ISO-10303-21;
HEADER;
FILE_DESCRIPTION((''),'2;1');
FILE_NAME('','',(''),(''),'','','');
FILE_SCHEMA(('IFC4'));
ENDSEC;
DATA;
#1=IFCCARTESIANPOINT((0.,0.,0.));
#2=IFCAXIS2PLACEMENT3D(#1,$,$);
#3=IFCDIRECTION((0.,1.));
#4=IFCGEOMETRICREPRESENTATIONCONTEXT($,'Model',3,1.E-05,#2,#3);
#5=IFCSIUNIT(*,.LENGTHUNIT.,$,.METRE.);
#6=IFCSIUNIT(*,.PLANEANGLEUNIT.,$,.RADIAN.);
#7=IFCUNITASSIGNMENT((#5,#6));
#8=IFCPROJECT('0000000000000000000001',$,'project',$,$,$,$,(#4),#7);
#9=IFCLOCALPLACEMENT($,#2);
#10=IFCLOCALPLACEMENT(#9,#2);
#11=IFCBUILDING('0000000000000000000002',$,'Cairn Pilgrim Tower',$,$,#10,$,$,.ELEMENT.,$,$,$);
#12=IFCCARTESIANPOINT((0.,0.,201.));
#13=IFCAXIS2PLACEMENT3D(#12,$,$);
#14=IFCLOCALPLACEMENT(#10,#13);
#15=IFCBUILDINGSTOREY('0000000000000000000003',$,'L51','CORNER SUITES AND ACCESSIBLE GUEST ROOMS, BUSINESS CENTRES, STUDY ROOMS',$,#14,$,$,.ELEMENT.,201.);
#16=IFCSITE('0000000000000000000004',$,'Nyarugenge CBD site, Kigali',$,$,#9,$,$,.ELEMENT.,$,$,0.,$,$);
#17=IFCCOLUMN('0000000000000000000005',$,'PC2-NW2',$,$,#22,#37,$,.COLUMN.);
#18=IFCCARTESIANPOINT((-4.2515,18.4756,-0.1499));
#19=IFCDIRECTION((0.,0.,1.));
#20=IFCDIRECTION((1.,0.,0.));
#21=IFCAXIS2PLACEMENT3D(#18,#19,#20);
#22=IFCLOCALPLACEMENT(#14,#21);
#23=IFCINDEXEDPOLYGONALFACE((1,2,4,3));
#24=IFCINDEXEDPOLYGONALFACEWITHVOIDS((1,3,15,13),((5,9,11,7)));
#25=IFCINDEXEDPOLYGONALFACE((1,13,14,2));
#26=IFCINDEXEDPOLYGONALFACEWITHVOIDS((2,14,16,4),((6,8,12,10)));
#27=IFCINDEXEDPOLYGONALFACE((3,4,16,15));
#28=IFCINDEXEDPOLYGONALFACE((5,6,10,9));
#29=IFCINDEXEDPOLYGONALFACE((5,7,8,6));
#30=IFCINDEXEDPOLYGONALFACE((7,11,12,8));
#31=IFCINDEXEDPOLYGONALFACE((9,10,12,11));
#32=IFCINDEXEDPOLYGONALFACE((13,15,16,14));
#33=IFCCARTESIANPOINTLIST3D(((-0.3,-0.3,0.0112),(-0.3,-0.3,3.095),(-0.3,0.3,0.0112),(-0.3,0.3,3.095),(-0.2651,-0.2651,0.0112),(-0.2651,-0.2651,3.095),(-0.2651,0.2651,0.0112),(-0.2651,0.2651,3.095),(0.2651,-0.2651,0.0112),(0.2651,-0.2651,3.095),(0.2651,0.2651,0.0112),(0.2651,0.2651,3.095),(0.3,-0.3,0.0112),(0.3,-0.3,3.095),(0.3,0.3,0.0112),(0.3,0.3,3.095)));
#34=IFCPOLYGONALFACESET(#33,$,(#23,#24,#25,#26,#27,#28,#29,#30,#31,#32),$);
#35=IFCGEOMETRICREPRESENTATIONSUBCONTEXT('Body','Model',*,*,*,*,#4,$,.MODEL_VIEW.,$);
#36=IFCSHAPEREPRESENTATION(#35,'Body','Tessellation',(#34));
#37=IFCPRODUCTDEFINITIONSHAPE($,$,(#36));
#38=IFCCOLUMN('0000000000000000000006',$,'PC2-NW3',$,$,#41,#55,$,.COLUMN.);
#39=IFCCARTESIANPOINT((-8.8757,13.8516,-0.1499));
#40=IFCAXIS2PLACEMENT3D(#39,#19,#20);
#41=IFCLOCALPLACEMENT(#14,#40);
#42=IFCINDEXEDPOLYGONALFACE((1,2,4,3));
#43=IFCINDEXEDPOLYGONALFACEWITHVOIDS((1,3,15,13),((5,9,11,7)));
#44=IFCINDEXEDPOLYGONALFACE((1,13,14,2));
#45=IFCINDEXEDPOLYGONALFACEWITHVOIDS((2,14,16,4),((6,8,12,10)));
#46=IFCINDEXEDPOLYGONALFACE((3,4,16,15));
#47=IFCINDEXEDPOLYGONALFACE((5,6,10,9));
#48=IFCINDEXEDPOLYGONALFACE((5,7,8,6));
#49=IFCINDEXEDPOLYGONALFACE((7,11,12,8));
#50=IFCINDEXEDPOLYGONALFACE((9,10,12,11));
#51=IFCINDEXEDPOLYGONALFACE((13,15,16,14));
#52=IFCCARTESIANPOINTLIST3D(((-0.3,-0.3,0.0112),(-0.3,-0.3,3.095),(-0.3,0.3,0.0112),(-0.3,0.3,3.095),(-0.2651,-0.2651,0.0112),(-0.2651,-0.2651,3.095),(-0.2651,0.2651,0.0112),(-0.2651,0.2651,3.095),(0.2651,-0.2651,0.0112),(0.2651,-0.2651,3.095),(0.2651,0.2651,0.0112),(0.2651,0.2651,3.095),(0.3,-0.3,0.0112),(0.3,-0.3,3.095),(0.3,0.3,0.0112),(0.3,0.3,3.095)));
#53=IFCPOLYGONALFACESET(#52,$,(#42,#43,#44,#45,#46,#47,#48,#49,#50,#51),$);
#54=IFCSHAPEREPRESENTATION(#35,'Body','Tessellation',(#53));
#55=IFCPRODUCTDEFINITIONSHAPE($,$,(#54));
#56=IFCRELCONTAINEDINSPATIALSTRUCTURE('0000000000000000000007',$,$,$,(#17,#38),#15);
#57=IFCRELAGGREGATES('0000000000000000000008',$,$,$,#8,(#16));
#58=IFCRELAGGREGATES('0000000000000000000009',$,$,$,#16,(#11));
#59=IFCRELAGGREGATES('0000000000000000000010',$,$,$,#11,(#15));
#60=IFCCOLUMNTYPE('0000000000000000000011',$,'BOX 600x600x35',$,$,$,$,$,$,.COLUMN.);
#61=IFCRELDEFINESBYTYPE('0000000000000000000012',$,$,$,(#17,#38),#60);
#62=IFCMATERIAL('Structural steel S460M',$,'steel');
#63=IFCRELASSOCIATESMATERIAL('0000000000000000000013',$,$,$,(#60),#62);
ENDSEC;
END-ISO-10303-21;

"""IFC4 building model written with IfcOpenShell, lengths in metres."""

from ifc_helpers import new_model, si_unit, direction, frame, origin, origin_2d, place, context, subcontext, project, spatial, hollow_rectangle, extrude, clip, halfspace, material, material_profile, profile_set, type_object, element, save


model = new_model("IFC4")

# Units and contexts
model_context = context("Model", 3, precision=1e-05, world=origin(), true_north=direction((0.0, 1.0)))
body_context = subcontext(model_context, "Body", "Model", "MODEL_VIEW")
ifc_project = project(units=[si_unit("LENGTHUNIT", "METRE"), si_unit("PLANEANGLEUNIT", "RADIAN")], contexts=[model_context])

# Site, building, storey
site_placement = place(None, origin())
site = spatial("IfcSite", under=ifc_project, at=site_placement, Name="Nyarugenge CBD site, Kigali", CompositionType="ELEMENT", RefElevation=0.0)
building_placement = place(site_placement, origin())
building = spatial("IfcBuilding", under=site, at=building_placement, Name="Cairn Pilgrim Tower", CompositionType="ELEMENT")
storey_placement = place(building_placement, frame((0.0, 0.0, 201.0)))
storey = spatial("IfcBuildingStorey", under=building, at=storey_placement, Name="L51", Description="CORNER SUITES AND ACCESSIBLE GUEST ROOMS, BUSINESS CENTRES, STUDY ROOMS", CompositionType="ELEMENT", Elevation=201.0)

# Columns
ifc_material_1 = material(Name="Structural steel S460M", Category="steel")
ifc_material_profile_1 = material_profile(ifc_material_1, hollow_rectangle(XDim=0.6001, YDim=0.6001, WallThickness=0.0349, at=origin_2d()), Name="BOX 600x600x35")
ifc_profile_set_1 = profile_set([ifc_material_profile_1], Name="Structural steel S460M")
column_type_1 = type_object("IfcColumnType", Name="BOX 600x600x35", PredefinedType="COLUMN", material=ifc_profile_set_1)
for number, where, z_axis, x_axis, name in (
    (1, (-4.2515, 18.4756, -0.1499), (0.0, 0.0, 1.0), (1.0, 0.0, 0.0), "PC2-NW2"),
    (2, (-8.8757, 13.8516, -0.1499), (0.0, 0.0, 1.0), (1.0, 0.0, 0.0), "PC2-NW3"),
):
    element("IfcColumn", number, at=place(storey_placement, frame(where, z_axis=z_axis, x_axis=x_axis)), inside=storey, type_object=column_type_1, Name=name, PredefinedType="COLUMN", context=body_context, shape_type="Clipping", body=[
        clip(clip(extrude(hollow_rectangle(XDim=0.6001, YDim=0.6001, WallThickness=0.0349, at=origin_2d()), origin(), (0.0, 0.0, 1.0), 3.5), halfspace(frame((0.0, 0.0, 0.0112), z_axis=(0.0, 0.0, 1.0), x_axis=(1.0, 0.0, 0.0)), True)), halfspace(frame((0.0, 0.0, 3.095), z_axis=(0.0, 0.0, 1.0), x_axis=(1.0, 0.0, 0.0)), False)),
    ])

save(model, "model.ifc")
